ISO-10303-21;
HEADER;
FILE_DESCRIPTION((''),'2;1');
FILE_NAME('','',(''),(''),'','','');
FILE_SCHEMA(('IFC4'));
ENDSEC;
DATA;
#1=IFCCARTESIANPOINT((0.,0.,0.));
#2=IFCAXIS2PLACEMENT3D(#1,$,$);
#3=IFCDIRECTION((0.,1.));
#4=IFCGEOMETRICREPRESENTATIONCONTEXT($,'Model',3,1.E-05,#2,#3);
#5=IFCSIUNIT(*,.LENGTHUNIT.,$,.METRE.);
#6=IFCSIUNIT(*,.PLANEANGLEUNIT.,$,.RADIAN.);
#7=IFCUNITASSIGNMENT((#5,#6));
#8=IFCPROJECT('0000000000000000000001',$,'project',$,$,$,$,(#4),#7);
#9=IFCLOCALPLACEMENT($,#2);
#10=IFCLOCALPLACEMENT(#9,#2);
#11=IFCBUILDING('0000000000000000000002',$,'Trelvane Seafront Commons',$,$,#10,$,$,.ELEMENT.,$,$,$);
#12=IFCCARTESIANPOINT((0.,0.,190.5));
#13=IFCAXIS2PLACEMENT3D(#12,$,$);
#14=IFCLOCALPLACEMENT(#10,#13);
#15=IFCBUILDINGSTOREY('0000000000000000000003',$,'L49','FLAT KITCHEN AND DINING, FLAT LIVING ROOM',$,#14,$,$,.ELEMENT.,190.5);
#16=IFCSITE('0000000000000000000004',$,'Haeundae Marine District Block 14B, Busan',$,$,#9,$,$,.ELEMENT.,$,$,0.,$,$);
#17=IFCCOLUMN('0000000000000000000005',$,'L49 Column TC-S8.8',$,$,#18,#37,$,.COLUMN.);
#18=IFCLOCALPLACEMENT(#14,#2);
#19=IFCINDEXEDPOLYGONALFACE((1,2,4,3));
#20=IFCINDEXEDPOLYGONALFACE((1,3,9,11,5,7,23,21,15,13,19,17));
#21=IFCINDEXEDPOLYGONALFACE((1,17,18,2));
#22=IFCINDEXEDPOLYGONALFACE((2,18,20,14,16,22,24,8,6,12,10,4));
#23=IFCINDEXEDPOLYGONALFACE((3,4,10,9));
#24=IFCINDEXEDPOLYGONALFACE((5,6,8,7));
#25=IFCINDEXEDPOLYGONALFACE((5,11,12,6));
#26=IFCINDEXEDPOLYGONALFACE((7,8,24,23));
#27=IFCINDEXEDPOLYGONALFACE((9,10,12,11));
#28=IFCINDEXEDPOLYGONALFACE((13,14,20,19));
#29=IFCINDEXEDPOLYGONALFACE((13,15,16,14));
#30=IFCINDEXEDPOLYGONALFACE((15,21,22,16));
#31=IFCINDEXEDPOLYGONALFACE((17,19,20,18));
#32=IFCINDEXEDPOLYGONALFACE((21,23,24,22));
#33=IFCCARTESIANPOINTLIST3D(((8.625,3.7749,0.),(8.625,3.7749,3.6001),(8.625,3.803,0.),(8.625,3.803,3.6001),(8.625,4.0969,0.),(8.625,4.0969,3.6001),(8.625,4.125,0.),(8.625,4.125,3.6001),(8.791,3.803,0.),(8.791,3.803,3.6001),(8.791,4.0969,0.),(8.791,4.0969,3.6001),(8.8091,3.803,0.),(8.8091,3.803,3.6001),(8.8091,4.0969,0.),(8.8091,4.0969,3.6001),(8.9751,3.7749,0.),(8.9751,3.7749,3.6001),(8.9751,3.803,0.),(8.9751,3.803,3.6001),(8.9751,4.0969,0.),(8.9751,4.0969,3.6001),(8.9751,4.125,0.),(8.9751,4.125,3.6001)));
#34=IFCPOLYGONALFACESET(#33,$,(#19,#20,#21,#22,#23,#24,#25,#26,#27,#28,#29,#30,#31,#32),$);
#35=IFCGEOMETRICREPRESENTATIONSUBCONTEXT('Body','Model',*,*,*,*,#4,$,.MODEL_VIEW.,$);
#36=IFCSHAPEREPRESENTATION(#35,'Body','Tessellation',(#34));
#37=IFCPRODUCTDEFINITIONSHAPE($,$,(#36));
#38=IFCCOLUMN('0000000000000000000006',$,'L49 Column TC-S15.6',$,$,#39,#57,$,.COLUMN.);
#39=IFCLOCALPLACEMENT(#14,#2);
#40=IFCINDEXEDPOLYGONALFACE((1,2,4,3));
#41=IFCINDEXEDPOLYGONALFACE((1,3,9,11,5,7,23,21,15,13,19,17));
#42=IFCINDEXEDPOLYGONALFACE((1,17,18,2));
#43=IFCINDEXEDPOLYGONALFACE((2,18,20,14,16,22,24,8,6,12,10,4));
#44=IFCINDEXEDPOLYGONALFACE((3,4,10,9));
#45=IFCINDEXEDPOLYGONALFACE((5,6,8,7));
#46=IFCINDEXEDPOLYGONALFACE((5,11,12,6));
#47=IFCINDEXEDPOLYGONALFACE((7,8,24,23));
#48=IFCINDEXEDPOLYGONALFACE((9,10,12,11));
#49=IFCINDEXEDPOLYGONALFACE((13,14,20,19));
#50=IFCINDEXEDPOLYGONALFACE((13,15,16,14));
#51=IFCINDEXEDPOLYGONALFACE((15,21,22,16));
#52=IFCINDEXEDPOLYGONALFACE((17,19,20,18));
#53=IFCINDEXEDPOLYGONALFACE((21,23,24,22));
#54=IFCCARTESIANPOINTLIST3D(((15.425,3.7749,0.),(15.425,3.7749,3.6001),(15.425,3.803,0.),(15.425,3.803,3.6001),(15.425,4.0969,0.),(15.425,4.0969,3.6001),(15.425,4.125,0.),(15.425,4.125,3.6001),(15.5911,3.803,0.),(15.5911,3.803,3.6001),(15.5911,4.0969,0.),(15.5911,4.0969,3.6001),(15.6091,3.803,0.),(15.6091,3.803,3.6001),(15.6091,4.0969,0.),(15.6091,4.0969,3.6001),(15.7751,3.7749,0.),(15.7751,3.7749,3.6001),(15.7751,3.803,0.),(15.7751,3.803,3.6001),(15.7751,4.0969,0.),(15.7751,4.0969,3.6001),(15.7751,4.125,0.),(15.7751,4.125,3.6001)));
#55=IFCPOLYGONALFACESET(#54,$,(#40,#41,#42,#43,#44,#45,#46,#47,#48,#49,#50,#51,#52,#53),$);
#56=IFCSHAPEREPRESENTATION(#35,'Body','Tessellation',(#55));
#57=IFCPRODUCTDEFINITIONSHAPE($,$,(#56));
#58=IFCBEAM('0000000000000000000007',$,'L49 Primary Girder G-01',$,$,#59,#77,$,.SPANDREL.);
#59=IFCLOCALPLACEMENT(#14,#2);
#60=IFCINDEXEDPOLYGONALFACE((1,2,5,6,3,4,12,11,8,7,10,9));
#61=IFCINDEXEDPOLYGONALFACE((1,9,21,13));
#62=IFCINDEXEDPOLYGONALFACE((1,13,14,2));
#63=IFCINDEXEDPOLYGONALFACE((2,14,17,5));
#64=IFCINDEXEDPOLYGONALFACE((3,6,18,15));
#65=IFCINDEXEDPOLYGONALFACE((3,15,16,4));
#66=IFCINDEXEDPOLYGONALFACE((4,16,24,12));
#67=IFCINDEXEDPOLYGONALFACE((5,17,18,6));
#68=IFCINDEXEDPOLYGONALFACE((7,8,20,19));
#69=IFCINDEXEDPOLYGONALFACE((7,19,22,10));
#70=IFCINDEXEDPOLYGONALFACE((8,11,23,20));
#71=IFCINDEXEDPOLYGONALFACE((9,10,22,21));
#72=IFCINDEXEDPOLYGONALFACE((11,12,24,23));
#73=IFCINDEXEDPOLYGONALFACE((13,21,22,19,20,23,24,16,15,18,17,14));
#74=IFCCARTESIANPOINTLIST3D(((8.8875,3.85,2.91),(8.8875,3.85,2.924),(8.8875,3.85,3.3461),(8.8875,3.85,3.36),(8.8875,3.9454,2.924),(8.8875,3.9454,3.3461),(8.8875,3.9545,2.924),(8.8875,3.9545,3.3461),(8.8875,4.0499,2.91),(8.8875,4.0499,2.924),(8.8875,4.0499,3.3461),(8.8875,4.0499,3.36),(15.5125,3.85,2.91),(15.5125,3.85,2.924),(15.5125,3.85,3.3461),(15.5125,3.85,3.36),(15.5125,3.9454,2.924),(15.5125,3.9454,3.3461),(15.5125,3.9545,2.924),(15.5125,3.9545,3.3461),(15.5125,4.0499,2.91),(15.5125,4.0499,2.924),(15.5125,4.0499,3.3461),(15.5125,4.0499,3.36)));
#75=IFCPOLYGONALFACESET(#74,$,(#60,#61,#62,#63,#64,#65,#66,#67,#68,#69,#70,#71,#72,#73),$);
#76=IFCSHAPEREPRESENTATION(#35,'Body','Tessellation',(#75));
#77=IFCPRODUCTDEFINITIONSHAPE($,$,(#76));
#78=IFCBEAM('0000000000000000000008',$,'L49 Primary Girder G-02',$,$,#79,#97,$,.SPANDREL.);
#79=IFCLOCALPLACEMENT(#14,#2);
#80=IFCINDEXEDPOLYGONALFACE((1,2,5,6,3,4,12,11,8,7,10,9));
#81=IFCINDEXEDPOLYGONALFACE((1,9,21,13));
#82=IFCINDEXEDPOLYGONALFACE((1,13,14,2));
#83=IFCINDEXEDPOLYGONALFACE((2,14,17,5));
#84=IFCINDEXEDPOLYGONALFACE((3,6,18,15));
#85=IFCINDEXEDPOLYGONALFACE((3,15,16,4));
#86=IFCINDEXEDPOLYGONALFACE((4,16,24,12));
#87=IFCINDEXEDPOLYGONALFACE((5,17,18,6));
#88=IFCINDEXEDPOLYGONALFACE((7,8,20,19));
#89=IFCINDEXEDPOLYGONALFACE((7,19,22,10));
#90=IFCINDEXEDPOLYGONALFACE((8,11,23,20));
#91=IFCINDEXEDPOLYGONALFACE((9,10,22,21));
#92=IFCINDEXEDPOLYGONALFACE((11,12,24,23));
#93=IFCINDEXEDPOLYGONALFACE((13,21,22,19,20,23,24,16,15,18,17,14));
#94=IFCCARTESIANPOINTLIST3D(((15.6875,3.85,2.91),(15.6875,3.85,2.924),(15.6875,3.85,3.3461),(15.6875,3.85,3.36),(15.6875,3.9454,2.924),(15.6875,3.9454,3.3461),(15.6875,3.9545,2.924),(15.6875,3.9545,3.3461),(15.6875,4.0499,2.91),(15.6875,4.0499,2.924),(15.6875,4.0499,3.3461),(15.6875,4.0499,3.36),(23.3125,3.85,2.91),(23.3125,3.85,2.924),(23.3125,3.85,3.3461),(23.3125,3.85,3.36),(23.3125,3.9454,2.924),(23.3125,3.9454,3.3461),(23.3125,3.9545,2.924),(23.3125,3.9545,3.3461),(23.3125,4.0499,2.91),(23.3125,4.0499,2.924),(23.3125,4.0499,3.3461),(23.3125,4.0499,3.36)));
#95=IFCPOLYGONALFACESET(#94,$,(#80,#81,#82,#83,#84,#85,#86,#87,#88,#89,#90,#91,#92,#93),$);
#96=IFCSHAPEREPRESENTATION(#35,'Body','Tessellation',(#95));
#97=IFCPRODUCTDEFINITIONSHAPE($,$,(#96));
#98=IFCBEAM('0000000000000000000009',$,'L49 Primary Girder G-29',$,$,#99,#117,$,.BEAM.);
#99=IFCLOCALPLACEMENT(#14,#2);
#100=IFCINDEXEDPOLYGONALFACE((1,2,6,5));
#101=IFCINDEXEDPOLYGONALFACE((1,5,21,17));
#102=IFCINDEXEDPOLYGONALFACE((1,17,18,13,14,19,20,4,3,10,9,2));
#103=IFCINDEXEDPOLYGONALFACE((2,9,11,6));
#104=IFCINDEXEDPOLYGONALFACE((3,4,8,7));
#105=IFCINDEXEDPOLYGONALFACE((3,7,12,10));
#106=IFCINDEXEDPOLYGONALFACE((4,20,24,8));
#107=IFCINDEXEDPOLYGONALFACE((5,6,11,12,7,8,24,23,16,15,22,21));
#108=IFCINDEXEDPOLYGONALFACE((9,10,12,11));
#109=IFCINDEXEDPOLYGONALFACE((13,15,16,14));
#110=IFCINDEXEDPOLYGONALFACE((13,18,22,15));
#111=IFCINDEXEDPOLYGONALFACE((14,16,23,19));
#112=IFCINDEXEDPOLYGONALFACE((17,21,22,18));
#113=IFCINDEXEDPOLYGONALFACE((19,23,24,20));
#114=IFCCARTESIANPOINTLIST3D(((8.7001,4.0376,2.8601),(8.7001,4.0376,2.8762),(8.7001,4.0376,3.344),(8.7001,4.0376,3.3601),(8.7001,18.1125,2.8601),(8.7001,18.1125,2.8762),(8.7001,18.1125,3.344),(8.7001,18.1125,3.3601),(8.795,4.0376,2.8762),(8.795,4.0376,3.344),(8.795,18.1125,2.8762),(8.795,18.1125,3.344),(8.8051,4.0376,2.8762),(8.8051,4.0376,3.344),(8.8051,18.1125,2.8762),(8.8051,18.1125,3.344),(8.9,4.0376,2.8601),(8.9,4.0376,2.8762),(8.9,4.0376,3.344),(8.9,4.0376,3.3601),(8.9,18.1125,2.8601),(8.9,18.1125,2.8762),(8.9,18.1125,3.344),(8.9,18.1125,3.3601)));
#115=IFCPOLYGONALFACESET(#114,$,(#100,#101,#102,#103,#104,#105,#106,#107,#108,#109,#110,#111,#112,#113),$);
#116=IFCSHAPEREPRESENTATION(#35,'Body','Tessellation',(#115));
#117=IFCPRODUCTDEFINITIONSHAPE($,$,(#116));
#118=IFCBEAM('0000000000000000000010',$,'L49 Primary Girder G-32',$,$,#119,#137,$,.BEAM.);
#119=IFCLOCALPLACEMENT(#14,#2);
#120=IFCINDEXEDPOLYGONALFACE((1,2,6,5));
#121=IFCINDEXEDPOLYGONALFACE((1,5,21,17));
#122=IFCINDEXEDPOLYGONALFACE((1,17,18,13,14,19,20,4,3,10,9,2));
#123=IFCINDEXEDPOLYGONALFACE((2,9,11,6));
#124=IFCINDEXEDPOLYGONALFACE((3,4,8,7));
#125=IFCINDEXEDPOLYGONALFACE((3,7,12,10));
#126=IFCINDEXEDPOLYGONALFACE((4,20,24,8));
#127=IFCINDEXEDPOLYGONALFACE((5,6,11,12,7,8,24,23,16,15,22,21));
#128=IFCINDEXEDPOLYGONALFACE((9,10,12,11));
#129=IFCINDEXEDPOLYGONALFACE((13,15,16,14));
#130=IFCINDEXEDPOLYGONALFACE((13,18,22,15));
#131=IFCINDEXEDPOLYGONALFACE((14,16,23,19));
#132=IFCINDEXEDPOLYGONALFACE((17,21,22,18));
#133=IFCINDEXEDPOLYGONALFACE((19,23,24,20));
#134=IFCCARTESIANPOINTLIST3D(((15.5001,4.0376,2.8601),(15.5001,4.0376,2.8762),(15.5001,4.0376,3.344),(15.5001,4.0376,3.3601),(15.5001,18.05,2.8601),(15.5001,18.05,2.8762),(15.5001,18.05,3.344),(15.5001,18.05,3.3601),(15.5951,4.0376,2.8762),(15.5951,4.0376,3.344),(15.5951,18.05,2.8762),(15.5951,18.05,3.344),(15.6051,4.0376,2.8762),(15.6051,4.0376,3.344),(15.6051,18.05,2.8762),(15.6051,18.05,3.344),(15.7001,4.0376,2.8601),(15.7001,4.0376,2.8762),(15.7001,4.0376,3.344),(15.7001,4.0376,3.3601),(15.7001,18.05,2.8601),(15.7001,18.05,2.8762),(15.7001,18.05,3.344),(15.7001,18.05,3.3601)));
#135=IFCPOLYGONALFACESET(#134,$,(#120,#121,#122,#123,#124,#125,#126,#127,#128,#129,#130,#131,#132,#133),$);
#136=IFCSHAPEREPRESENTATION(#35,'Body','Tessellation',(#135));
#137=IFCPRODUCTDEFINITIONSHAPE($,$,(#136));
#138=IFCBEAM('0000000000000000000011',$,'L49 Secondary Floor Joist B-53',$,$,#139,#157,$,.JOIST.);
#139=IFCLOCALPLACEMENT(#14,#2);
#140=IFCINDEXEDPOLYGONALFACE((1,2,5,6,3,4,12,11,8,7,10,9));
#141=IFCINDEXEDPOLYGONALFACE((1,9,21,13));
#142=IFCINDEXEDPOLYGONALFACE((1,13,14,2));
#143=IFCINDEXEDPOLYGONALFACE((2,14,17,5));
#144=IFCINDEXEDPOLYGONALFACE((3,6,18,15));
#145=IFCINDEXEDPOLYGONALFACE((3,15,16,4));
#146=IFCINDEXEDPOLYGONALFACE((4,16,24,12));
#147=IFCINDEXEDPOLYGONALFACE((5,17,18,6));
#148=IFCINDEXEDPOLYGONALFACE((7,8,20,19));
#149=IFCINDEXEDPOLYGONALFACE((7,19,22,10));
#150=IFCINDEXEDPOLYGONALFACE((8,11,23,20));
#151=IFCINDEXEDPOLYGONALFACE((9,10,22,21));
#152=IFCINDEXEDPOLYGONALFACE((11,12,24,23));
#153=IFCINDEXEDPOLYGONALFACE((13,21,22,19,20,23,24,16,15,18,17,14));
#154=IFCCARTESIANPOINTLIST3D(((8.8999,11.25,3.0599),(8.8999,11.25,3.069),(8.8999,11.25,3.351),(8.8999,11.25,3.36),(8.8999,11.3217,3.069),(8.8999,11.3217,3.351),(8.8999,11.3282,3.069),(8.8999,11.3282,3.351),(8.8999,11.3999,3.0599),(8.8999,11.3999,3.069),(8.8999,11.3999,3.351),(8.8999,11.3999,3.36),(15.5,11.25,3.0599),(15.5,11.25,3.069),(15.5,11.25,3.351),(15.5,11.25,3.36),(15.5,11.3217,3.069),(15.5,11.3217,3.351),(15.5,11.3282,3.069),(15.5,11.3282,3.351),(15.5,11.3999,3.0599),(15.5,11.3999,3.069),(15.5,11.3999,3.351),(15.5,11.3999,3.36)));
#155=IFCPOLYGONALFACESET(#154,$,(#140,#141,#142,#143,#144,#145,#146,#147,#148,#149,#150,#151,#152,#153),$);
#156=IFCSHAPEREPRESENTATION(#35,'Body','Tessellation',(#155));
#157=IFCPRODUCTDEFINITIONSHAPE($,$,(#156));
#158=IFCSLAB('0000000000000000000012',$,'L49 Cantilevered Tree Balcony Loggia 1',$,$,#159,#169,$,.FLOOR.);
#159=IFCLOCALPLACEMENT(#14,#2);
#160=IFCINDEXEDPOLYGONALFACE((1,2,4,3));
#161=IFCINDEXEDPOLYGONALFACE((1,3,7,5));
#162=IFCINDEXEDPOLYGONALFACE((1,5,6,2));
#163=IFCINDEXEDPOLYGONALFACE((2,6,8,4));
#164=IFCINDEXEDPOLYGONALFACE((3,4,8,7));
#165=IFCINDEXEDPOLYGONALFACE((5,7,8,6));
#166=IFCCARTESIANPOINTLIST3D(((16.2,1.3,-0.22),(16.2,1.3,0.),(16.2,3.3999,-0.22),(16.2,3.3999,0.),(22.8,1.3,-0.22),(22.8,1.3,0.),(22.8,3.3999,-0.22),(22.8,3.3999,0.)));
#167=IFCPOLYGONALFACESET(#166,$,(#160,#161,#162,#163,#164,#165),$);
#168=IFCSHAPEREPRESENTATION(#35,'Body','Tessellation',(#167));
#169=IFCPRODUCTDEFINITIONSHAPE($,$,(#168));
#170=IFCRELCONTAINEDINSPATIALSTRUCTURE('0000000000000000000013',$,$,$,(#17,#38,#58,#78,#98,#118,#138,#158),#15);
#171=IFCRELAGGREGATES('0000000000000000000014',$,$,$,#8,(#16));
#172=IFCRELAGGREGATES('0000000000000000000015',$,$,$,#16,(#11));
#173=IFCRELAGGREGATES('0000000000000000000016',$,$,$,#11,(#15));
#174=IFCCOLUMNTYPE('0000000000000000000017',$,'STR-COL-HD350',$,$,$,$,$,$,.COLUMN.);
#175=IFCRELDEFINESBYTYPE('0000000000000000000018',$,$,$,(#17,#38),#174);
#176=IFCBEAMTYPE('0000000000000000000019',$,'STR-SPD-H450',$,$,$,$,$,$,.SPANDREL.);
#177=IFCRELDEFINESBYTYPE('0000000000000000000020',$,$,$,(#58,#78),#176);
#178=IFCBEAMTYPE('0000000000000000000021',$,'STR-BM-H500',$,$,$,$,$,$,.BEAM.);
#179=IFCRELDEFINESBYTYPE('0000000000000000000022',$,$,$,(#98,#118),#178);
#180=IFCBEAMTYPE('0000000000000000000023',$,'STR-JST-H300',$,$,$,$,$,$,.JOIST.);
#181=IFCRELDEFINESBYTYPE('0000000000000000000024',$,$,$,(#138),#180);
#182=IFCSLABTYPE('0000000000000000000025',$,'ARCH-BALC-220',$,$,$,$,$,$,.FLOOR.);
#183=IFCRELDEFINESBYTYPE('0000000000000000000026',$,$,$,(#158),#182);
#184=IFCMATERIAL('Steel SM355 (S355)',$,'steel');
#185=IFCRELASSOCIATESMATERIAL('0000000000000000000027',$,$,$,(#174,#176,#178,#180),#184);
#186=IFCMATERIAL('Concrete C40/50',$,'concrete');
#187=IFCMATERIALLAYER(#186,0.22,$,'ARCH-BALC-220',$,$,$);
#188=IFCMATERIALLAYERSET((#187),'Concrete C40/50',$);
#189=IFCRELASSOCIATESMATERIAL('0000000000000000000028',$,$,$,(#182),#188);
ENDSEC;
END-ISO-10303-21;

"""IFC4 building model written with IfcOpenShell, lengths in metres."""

from ifc_helpers import new_model, si_unit, direction, frame, origin, origin_2d, place, context, subcontext, project, spatial, polyline, i_section, outline, extrude, source, transform, mapped, material, layer, layer_set, material_profile, profile_set, type_object, element, save


model = new_model("IFC4")

# Units and contexts
model_context = context("Model", 3, precision=1e-05, world=origin(), true_north=direction((0.0, 1.0)))
body_context = subcontext(model_context, "Body", "Model", "MODEL_VIEW")
ifc_project = project(units=[si_unit("LENGTHUNIT", "METRE"), si_unit("PLANEANGLEUNIT", "RADIAN")], contexts=[model_context])

# Site, building, storey
site_placement = place(None, origin())
site = spatial("IfcSite", under=ifc_project, at=site_placement, Name="Haeundae Marine District Block 14B, Busan", CompositionType="ELEMENT", RefElevation=0.0)
building_placement = place(site_placement, origin())
building = spatial("IfcBuilding", under=site, at=building_placement, Name="Trelvane Seafront Commons", CompositionType="ELEMENT")
storey_placement = place(building_placement, frame((0.0, 0.0, 190.5)))
storey = spatial("IfcBuildingStorey", under=building, at=storey_placement, Name="L49", Description="FLAT KITCHEN AND DINING, FLAT LIVING ROOM", CompositionType="ELEMENT", Elevation=190.5)

# Columns
ifc_material_1 = material(Name="Steel SM355 (S355)", Category="steel")
ifc_material_profile_1 = material_profile(ifc_material_1, i_section(OverallWidth=0.3501, OverallDepth=0.3501, WebThickness=0.0181, FlangeThickness=0.0281, at=origin_2d()), Name="HD-350x350x18x28")
ifc_profile_set_1 = profile_set([ifc_material_profile_1], Name="Steel SM355 (S355)")
column_type = type_object("IfcColumnType", Name="STR-COL-HD350", PredefinedType="COLUMN", material=ifc_profile_set_1)
shared_shape_1 = source(origin(), body_context, "Body", "SweptSolid", [
    extrude(i_section(OverallWidth=0.3501, OverallDepth=0.3501, WebThickness=0.0181, FlangeThickness=0.0281, at=origin_2d()), origin(), (0.0, 0.0, 1.0), 3.6001),
])
for number, where, z_axis, x_axis, name in (
    (1, (8.8, 3.95, 0.0), (0.0, 0.0, 1.0), (1.0, 0.0, 0.0), "L49 Column TC-S8.8"),
    (2, (15.6001, 3.95, 0.0), (0.0, 0.0, 1.0), (1.0, 0.0, 0.0), "L49 Column TC-S15.6"),
):
    element("IfcColumn", number, at=place(storey_placement, frame(where, z_axis=z_axis, x_axis=x_axis)), inside=storey, type_object=column_type, Name=name, PredefinedType="COLUMN", context=body_context, shape_type="MappedRepresentation", body=[
        mapped(shared_shape_1, transform((0.0, 0.0, 0.0), x_axis=(1.0, 0.0, 0.0), y_axis=(0.0, 1.0, 0.0), z_axis=(0.0, 0.0, 1.0), scale=1.0)),
    ])

# Beams
ifc_material_profile_2 = material_profile(ifc_material_1, i_section(OverallWidth=0.2, OverallDepth=0.45, WebThickness=0.009, FlangeThickness=0.0139, at=origin_2d()), Name="H-450x200x9x14")
ifc_profile_set_2 = profile_set([ifc_material_profile_2], Name="Steel SM355 (S355)")
beam_type_1 = type_object("IfcBeamType", Name="STR-SPD-H450", PredefinedType="SPANDREL", material=ifc_profile_set_2)
shared_shape_2 = source(origin(), body_context, "Body", "SweptSolid", [
    extrude(i_section(OverallWidth=0.2, OverallDepth=0.45, WebThickness=0.009, FlangeThickness=0.0139, at=origin_2d()), origin(), (0.0, 0.0, 1.0), 6.625),
])
beam_1_placement = place(storey_placement, frame((8.8875, 3.95, 3.135), z_axis=(1.0, 0.0, 0.0), x_axis=(0.0, 1.0, 0.0)))
element("IfcBeam", 3, at=beam_1_placement, inside=storey, type_object=beam_type_1, Name="L49 Primary Girder G-01", PredefinedType="SPANDREL", context=body_context, shape_type="MappedRepresentation", body=[
    mapped(shared_shape_2, transform((0.0, 0.0, 0.0), x_axis=(1.0, 0.0, 0.0), y_axis=(0.0, 1.0, 0.0), z_axis=(0.0, 0.0, 1.0), scale=1.0)),
])
shared_shape_3 = source(origin(), body_context, "Body", "SweptSolid", [
    extrude(i_section(OverallWidth=0.2, OverallDepth=0.45, WebThickness=0.009, FlangeThickness=0.0139, at=origin_2d()), origin(), (0.0, 0.0, 1.0), 7.625),
])
beam_2_placement = place(storey_placement, frame((15.6875, 3.95, 3.135), z_axis=(1.0, 0.0, 0.0), x_axis=(0.0, 1.0, 0.0)))
element("IfcBeam", 4, at=beam_2_placement, inside=storey, type_object=beam_type_1, Name="L49 Primary Girder G-02", PredefinedType="SPANDREL", context=body_context, shape_type="MappedRepresentation", body=[
    mapped(shared_shape_3, transform((0.0, 0.0, 0.0), x_axis=(1.0, 0.0, 0.0), y_axis=(0.0, 1.0, 0.0), z_axis=(0.0, 0.0, 1.0), scale=1.0)),
])
ifc_material_profile_3 = material_profile(ifc_material_1, i_section(OverallWidth=0.2, OverallDepth=0.5, WebThickness=0.01, FlangeThickness=0.0161, at=origin_2d()), Name="H-500x200x10x16")
ifc_profile_set_3 = profile_set([ifc_material_profile_3], Name="Steel SM355 (S355)")
beam_type_2 = type_object("IfcBeamType", Name="STR-BM-H500", PredefinedType="BEAM", material=ifc_profile_set_3)
shared_shape_4 = source(origin(), body_context, "Body", "SweptSolid", [
    extrude(i_section(OverallWidth=0.2, OverallDepth=0.5, WebThickness=0.01, FlangeThickness=0.0161, at=origin_2d()), origin(), (0.0, 0.0, 1.0), 14.075),
])
beam_3_placement = place(storey_placement, frame((8.8, 4.0376, 3.1101), z_axis=(0.0, 1.0, 0.0), x_axis=(-1.0, 0.0, 0.0)))
element("IfcBeam", 5, at=beam_3_placement, inside=storey, type_object=beam_type_2, Name="L49 Primary Girder G-29", PredefinedType="BEAM", context=body_context, shape_type="MappedRepresentation", body=[
    mapped(shared_shape_4, transform((0.0, 0.0, 0.0), x_axis=(1.0, 0.0, 0.0), y_axis=(0.0, 1.0, 0.0), z_axis=(0.0, 0.0, 1.0), scale=1.0)),
])
shared_shape_5 = source(origin(), body_context, "Body", "SweptSolid", [
    extrude(i_section(OverallWidth=0.2, OverallDepth=0.5, WebThickness=0.01, FlangeThickness=0.0161, at=origin_2d()), origin(), (0.0, 0.0, 1.0), 14.0125),
])
beam_4_placement = place(storey_placement, frame((15.6001, 4.0376, 3.1101), z_axis=(0.0, 1.0, 0.0), x_axis=(-1.0, 0.0, 0.0)))
element("IfcBeam", 6, at=beam_4_placement, inside=storey, type_object=beam_type_2, Name="L49 Primary Girder G-32", PredefinedType="BEAM", context=body_context, shape_type="MappedRepresentation", body=[
    mapped(shared_shape_5, transform((0.0, 0.0, 0.0), x_axis=(1.0, 0.0, 0.0), y_axis=(0.0, 1.0, 0.0), z_axis=(0.0, 0.0, 1.0), scale=1.0)),
])
ifc_material_profile_4 = material_profile(ifc_material_1, i_section(OverallWidth=0.1499, OverallDepth=0.3, WebThickness=0.0066, FlangeThickness=0.009, at=origin_2d()), Name="H-300x150x6.5x9")
ifc_profile_set_4 = profile_set([ifc_material_profile_4], Name="Steel SM355 (S355)")
beam_type_3 = type_object("IfcBeamType", Name="STR-JST-H300", PredefinedType="JOIST", material=ifc_profile_set_4)
shared_shape_6 = source(origin(), body_context, "Body", "SweptSolid", [
    extrude(i_section(OverallWidth=0.1499, OverallDepth=0.3, WebThickness=0.0066, FlangeThickness=0.009, at=origin_2d()), origin(), (0.0, 0.0, 1.0), 6.6001),
])
beam_5_placement = place(storey_placement, frame((8.8999, 11.325, 3.21), z_axis=(1.0, 0.0, 0.0), x_axis=(0.0, 1.0, 0.0)))
element("IfcBeam", 7, at=beam_5_placement, inside=storey, type_object=beam_type_3, Name="L49 Secondary Floor Joist B-53", PredefinedType="JOIST", context=body_context, shape_type="MappedRepresentation", body=[
    mapped(shared_shape_6, transform((0.0, 0.0, 0.0), x_axis=(1.0, 0.0, 0.0), y_axis=(0.0, 1.0, 0.0), z_axis=(0.0, 0.0, 1.0), scale=1.0)),
])

# Slab
ifc_material_2 = material(Name="Concrete C40/50", Category="concrete")
ifc_layer_1 = layer(ifc_material_2, 0.22, Name="ARCH-BALC-220")
ifc_layer_set_1 = layer_set([ifc_layer_1], Name="Concrete C40/50")
slab_type_1 = type_object("IfcSlabType", Name="ARCH-BALC-220", PredefinedType="FLOOR", material=ifc_layer_set_1)
slab_1_placement = place(storey_placement, frame((0.0, 0.0, -0.22)))
element("IfcSlab", 8, at=slab_1_placement, inside=storey, type_object=slab_type_1, Name="L49 Cantilevered Tree Balcony Loggia 1", PredefinedType="FLOOR", context=body_context, shape_type="SweptSolid", body=[
    extrude(outline(polyline([(16.2, 1.3), (22.8, 1.3), (22.8, 3.3999), (16.2, 3.3999), (16.2, 1.3)])), origin(), (0.0, 0.0, 1.0), 0.22),
])

save(model, "model.ifc")
